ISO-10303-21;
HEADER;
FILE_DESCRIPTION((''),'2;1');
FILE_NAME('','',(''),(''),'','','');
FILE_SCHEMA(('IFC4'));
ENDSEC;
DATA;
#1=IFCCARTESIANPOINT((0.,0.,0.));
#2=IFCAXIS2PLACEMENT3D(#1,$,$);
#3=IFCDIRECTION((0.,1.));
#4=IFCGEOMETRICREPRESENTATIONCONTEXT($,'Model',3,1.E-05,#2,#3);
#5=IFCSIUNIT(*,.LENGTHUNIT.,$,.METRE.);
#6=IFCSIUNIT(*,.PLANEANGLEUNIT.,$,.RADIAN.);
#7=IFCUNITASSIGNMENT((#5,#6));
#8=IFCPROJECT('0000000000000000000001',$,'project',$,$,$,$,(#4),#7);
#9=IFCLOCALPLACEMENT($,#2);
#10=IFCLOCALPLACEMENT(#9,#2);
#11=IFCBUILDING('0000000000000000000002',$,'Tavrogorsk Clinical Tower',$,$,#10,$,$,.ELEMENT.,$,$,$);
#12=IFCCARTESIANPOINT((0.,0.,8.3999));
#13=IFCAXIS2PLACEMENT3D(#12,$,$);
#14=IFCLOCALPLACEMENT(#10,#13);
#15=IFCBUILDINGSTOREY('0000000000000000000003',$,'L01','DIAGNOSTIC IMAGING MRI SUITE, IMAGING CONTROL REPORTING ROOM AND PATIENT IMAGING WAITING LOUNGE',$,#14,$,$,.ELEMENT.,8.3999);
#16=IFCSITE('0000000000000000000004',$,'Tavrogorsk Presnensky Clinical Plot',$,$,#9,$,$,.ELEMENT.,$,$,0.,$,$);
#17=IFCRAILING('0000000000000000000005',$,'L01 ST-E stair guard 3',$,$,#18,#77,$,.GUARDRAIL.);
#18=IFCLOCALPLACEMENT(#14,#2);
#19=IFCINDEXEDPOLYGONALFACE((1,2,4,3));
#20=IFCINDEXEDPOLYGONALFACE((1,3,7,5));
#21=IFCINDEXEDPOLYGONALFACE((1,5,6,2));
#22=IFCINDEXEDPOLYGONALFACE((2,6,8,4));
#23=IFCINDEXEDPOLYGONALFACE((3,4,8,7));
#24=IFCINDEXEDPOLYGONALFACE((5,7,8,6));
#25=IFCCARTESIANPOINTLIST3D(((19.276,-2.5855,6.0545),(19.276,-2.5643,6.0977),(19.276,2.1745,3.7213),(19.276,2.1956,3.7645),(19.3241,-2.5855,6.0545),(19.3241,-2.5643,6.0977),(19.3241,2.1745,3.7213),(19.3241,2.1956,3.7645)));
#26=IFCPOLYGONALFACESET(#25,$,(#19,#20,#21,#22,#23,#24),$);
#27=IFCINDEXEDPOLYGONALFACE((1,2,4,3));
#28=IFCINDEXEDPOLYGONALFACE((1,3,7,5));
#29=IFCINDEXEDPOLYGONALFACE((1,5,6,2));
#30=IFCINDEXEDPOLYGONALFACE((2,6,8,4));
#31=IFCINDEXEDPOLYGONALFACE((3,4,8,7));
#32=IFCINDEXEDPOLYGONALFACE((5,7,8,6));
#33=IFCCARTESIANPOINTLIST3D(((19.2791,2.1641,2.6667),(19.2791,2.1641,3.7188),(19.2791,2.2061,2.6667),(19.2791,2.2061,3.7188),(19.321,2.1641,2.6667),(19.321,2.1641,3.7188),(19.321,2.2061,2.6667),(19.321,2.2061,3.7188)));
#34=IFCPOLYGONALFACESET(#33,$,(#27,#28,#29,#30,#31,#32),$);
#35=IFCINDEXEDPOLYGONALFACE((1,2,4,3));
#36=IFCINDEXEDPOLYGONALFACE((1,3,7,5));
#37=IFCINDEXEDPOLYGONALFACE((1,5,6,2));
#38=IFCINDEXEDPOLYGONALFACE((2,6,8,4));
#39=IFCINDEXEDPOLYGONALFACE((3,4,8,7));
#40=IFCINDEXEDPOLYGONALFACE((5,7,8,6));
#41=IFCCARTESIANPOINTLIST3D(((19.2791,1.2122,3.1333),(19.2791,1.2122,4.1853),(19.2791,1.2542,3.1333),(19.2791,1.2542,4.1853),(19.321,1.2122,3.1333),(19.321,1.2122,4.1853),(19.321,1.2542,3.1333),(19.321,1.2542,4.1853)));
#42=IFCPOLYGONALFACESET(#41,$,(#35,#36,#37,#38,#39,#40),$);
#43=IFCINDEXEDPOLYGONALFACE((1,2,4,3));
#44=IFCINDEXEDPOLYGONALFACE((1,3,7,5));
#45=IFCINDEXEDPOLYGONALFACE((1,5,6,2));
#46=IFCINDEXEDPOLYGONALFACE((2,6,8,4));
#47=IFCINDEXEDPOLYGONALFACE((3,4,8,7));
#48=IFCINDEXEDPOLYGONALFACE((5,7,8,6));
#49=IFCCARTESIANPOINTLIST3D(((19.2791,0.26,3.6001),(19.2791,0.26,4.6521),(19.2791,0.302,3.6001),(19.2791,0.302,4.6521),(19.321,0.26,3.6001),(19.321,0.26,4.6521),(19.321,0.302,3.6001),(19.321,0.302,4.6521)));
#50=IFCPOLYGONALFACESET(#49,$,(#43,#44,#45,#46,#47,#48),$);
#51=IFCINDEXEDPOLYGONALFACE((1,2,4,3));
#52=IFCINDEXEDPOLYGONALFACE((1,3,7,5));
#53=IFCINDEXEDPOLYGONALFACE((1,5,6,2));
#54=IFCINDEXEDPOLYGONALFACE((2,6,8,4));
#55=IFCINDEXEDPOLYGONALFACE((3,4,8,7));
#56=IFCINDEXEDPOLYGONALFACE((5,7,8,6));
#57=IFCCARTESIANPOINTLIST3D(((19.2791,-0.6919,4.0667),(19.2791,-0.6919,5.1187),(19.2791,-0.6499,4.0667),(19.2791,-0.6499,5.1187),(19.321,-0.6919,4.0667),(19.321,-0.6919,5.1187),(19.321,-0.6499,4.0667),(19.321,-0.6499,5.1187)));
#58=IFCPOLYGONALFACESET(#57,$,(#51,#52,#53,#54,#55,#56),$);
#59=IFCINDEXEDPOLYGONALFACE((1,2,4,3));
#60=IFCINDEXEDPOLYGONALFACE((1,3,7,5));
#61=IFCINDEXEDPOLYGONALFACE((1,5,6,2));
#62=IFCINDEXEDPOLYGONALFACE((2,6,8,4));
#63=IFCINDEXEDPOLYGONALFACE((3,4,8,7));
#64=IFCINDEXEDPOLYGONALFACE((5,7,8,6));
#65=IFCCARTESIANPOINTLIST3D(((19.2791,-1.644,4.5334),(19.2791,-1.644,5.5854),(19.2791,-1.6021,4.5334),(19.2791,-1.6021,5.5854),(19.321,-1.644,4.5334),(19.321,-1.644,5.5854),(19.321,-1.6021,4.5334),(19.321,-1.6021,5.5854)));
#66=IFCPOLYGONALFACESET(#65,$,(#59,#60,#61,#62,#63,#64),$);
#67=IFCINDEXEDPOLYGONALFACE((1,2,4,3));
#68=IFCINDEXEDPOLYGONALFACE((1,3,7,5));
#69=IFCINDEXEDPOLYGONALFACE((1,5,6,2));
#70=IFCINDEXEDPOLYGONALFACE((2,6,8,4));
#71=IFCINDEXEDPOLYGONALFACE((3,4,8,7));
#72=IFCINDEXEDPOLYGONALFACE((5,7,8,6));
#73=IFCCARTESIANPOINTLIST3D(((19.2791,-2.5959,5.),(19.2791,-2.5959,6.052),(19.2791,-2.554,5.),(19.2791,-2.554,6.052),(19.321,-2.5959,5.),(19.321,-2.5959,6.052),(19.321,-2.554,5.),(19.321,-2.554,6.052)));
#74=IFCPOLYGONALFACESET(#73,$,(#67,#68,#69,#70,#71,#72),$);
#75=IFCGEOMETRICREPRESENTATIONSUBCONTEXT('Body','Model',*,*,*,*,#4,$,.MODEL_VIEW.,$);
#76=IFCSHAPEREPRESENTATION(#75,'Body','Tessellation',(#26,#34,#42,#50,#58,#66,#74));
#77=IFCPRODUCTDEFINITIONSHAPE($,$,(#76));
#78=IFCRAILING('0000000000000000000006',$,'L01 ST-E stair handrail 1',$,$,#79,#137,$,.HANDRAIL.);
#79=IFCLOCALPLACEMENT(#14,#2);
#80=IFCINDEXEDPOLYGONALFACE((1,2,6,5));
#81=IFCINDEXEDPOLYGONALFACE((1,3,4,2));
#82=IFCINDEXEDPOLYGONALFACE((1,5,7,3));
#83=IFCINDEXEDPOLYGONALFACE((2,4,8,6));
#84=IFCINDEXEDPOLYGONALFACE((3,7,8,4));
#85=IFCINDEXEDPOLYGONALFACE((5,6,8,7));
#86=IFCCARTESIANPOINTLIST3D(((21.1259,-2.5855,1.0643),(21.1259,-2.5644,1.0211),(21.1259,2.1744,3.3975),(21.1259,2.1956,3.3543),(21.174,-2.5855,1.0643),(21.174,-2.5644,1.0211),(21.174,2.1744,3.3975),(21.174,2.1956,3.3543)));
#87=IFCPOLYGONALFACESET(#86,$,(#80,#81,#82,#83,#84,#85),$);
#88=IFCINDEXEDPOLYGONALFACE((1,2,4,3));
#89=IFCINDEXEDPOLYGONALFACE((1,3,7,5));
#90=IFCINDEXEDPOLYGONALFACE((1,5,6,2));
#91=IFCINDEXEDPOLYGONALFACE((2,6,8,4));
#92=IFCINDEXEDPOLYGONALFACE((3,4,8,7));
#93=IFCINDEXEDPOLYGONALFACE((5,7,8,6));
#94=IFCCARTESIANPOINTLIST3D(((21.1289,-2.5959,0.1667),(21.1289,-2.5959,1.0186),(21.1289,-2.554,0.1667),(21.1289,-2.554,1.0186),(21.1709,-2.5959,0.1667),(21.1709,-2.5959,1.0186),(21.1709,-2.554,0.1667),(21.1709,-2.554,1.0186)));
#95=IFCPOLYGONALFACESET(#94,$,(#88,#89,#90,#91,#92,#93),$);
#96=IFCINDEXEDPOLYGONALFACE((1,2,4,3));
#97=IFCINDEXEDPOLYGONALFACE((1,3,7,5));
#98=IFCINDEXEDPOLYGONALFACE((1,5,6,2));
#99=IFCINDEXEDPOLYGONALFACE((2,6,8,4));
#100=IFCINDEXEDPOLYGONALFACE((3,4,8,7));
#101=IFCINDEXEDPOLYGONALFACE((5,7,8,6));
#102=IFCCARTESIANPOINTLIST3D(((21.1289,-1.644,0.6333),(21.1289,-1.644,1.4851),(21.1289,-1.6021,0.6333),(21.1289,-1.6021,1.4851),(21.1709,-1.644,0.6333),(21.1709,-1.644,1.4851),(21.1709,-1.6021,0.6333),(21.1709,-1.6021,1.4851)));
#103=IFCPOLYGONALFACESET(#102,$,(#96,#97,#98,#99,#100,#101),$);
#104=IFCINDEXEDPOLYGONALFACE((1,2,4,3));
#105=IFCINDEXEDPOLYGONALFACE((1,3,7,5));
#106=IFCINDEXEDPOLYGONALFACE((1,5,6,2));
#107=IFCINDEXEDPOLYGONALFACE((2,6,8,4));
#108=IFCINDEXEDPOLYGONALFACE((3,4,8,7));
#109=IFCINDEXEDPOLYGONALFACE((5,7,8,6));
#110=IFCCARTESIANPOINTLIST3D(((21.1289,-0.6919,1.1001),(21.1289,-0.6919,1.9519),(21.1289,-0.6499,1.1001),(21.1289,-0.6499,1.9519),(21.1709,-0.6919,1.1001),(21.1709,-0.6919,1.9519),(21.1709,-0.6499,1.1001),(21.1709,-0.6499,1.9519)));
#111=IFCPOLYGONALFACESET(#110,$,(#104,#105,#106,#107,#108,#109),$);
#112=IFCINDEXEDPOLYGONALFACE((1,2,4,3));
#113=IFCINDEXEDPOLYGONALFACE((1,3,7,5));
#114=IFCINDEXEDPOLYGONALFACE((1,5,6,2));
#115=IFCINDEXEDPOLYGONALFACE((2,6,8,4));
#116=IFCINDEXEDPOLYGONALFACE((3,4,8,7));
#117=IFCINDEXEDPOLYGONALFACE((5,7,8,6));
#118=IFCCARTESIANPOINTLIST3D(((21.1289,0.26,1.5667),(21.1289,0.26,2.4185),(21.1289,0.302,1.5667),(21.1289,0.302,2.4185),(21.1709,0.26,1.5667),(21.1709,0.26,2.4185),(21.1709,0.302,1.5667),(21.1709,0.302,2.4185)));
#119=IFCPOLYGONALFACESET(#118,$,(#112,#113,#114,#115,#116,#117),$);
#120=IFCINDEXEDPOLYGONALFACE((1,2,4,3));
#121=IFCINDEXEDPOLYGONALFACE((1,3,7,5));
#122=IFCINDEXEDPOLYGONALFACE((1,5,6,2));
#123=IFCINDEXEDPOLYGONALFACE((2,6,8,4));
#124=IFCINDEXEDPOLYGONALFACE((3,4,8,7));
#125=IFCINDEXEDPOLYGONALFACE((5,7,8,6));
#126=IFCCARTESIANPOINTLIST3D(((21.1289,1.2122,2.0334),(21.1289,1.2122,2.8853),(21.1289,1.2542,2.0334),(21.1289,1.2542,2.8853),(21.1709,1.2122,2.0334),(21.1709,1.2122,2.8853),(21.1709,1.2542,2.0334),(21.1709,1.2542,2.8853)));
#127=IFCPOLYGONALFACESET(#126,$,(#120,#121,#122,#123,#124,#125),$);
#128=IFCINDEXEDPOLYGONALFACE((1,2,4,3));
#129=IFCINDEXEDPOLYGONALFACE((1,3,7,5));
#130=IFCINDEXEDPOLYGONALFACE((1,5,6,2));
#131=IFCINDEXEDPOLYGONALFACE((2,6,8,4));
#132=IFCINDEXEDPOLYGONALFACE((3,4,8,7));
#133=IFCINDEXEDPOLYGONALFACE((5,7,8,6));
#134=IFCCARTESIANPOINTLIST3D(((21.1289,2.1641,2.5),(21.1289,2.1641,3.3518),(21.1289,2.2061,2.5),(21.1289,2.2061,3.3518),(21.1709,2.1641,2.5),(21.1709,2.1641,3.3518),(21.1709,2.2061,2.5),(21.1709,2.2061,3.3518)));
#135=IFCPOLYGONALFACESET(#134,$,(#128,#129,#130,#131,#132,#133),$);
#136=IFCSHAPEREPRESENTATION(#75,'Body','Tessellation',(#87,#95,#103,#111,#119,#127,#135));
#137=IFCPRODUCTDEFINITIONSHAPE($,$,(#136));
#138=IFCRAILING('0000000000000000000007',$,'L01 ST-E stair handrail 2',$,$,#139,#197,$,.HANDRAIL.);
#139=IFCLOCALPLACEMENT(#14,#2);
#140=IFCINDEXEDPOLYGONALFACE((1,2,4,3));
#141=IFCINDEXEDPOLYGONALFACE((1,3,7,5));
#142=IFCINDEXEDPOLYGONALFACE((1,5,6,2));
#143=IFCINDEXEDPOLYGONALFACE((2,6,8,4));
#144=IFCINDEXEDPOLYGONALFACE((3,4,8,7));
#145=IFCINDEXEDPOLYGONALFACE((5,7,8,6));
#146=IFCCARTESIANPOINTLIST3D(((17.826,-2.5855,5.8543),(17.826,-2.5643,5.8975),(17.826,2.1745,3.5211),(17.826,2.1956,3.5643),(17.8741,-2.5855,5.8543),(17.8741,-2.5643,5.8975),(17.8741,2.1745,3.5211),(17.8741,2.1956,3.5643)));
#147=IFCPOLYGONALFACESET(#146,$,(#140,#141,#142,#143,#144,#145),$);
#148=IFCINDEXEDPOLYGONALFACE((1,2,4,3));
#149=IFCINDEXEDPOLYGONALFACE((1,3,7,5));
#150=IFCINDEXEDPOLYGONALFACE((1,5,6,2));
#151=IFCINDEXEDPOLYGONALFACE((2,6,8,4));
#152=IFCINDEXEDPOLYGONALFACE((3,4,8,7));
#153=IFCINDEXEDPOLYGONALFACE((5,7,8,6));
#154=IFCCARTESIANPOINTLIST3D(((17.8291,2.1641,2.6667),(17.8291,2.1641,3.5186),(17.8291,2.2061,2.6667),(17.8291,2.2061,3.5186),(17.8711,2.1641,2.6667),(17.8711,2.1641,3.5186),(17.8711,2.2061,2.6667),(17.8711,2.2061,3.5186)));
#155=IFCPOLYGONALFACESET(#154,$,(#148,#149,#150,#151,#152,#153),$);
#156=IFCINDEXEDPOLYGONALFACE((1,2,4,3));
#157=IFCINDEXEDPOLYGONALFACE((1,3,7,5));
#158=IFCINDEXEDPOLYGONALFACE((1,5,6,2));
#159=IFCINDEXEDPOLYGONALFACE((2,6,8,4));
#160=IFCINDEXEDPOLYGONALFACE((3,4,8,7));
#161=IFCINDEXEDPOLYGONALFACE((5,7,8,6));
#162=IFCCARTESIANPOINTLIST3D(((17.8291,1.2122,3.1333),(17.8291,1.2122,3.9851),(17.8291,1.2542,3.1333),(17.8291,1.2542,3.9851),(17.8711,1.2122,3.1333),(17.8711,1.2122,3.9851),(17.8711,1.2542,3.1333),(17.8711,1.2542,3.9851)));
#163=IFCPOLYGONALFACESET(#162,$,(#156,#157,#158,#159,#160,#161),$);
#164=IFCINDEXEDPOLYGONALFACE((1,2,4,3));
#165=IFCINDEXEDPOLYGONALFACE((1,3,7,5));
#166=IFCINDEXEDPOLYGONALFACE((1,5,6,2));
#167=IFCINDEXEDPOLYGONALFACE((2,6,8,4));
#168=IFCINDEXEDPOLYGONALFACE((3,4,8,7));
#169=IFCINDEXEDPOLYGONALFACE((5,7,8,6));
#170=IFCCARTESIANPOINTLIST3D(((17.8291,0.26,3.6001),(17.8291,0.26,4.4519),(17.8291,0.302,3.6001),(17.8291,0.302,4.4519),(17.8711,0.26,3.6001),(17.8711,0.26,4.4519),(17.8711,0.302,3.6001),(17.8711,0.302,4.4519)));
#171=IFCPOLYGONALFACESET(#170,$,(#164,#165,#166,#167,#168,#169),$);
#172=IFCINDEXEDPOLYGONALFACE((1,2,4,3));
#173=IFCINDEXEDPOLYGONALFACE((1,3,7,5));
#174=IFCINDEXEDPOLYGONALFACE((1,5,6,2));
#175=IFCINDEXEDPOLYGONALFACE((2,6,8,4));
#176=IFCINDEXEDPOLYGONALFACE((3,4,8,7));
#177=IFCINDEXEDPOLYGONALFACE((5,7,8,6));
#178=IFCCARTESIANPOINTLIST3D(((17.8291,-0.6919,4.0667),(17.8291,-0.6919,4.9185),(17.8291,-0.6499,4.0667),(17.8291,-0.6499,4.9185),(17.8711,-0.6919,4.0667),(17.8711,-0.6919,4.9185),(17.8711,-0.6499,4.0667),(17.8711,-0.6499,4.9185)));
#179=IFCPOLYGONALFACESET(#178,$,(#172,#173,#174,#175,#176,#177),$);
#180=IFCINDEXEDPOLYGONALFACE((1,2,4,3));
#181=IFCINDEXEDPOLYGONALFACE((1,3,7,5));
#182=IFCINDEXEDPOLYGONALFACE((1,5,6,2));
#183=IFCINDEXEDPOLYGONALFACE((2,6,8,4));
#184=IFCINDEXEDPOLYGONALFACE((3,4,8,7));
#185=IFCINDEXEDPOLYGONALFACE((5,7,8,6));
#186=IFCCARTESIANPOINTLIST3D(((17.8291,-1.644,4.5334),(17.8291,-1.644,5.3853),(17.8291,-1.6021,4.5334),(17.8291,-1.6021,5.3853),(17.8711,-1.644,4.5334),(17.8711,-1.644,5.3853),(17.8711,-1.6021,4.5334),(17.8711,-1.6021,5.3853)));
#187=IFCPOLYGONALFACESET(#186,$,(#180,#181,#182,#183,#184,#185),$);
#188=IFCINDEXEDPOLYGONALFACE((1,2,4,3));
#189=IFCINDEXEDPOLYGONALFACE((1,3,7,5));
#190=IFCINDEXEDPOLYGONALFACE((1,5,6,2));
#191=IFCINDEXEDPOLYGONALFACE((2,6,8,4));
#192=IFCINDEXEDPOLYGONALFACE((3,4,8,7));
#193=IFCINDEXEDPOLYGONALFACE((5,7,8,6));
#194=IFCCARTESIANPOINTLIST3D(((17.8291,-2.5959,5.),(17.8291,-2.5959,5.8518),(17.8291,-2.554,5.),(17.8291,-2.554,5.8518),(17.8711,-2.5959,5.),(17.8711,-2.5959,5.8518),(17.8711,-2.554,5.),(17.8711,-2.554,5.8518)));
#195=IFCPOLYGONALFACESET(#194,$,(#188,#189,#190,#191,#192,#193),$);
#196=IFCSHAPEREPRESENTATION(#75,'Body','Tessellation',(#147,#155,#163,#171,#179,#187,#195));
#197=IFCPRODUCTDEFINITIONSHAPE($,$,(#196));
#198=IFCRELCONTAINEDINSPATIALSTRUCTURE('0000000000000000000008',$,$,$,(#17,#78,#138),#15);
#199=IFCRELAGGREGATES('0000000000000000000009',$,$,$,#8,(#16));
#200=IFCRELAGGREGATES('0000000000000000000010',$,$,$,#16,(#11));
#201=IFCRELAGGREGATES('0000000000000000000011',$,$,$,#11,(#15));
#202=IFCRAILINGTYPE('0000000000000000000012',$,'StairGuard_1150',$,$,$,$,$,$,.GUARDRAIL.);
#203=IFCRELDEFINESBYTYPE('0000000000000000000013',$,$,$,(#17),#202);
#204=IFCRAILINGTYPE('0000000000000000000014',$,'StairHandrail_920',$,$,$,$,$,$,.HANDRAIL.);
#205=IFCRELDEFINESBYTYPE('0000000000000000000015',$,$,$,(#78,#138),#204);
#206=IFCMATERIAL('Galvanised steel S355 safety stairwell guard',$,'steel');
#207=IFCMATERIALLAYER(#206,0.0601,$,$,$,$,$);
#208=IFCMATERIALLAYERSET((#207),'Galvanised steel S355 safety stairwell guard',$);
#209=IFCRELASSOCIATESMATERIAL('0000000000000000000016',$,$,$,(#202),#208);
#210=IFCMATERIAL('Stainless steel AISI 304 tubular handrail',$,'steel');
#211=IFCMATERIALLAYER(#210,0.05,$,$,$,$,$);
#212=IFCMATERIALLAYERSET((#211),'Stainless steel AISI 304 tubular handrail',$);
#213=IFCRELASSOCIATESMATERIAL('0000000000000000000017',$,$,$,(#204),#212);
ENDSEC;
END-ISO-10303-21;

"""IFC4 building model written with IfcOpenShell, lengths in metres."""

from ifc_helpers import new_model, si_unit, direction, frame, origin, origin_2d, place, context, subcontext, project, spatial, rectangle, extrude, material, layer, layer_set, type_object, element, save


model = new_model("IFC4")

# Units and contexts
model_context = context("Model", 3, precision=1e-05, world=origin(), true_north=direction((0.0, 1.0)))
body_context = subcontext(model_context, "Body", "Model", "MODEL_VIEW")
ifc_project = project(units=[si_unit("LENGTHUNIT", "METRE"), si_unit("PLANEANGLEUNIT", "RADIAN")], contexts=[model_context])

# Site, building, storey
site_placement = place(None, origin())
site = spatial("IfcSite", under=ifc_project, at=site_placement, Name="Tavrogorsk Presnensky Clinical Plot", CompositionType="ELEMENT", RefElevation=0.0)
building_placement = place(site_placement, origin())
building = spatial("IfcBuilding", under=site, at=building_placement, Name="Tavrogorsk Clinical Tower", CompositionType="ELEMENT")
storey_placement = place(building_placement, frame((0.0, 0.0, 8.3999)))
storey = spatial("IfcBuildingStorey", under=building, at=storey_placement, Name="L01", Description="DIAGNOSTIC IMAGING MRI SUITE, IMAGING CONTROL REPORTING ROOM AND PATIENT IMAGING WAITING LOUNGE", CompositionType="ELEMENT", Elevation=8.3999)

# Railings
ifc_material_1 = material(Name="Galvanised steel S355 safety stairwell guard", Category="steel")
ifc_layer_1 = layer(ifc_material_1, 0.0601)
ifc_layer_set_1 = layer_set([ifc_layer_1], Name="Galvanised steel S355 safety stairwell guard")
railing_type_1 = type_object("IfcRailingType", Name="StairGuard_1150", PredefinedType="GUARDRAIL", material=ifc_layer_set_1)
railing_1_placement = place(storey_placement, frame((19.3, 2.1851, 2.6667)))
element("IfcRailing", 1, at=railing_1_placement, inside=storey, type_object=railing_type_1, Name="L01 ST-E stair guard 3", PredefinedType="GUARDRAIL", context=body_context, shape_type="SweptSolid", body=[
    extrude(rectangle(XDim=0.0481, YDim=0.0481, at=origin_2d()), frame((0.0, 0.0, 1.0762), z_axis=(0.0, -0.897927, 0.440144), x_axis=(1.0, 0.0, 0.0)), (0.0, 0.0, 1.0), 5.301),
    extrude(rectangle(XDim=0.042, YDim=0.042, at=origin_2d()), origin(), (0.0, 0.0, 1.0), 1.052),
    extrude(rectangle(XDim=0.042, YDim=0.042, at=origin_2d()), frame((0.0, -0.9519, 0.4666)), (0.0, 0.0, 1.0), 1.052),
    extrude(rectangle(XDim=0.042, YDim=0.042, at=origin_2d()), frame((0.0, -1.9041, 0.9333)), (0.0, 0.0, 1.0), 1.052),
    extrude(rectangle(XDim=0.042, YDim=0.042, at=origin_2d()), frame((0.0, -2.856, 1.3999)), (0.0, 0.0, 1.0), 1.052),
    extrude(rectangle(XDim=0.042, YDim=0.042, at=origin_2d()), frame((0.0, -3.8081, 1.8667)), (0.0, 0.0, 1.0), 1.052),
    extrude(rectangle(XDim=0.042, YDim=0.042, at=origin_2d()), frame((0.0, -4.76, 2.3333)), (0.0, 0.0, 1.0), 1.052),
])
ifc_material_2 = material(Name="Stainless steel AISI 304 tubular handrail", Category="steel")
ifc_layer_2 = layer(ifc_material_2, 0.05)
ifc_layer_set_2 = layer_set([ifc_layer_2], Name="Stainless steel AISI 304 tubular handrail")
railing_type_2 = type_object("IfcRailingType", Name="StairHandrail_920", PredefinedType="HANDRAIL", material=ifc_layer_set_2)
railing_2_placement = place(storey_placement, frame((21.1499, -2.575, 0.1667)))
element("IfcRailing", 2, at=railing_2_placement, inside=storey, type_object=railing_type_2, Name="L01 ST-E stair handrail 1", PredefinedType="HANDRAIL", context=body_context, shape_type="SweptSolid", body=[
    extrude(rectangle(XDim=0.0481, YDim=0.0481, at=origin_2d()), frame((0.0, 0.0, 0.876), z_axis=(0.0, 0.897927, 0.440144), x_axis=(-1.0, 0.0, 0.0)), (0.0, 0.0, 1.0), 5.301),
    extrude(rectangle(XDim=0.042, YDim=0.042, at=origin_2d()), origin(), (0.0, 0.0, 1.0), 0.8518),
    extrude(rectangle(XDim=0.042, YDim=0.042, at=origin_2d()), frame((0.0, 0.9519, 0.4666)), (0.0, 0.0, 1.0), 0.8518),
    extrude(rectangle(XDim=0.042, YDim=0.042, at=origin_2d()), frame((0.0, 1.9041, 0.9333)), (0.0, 0.0, 1.0), 0.8518),
    extrude(rectangle(XDim=0.042, YDim=0.042, at=origin_2d()), frame((0.0, 2.856, 1.3999)), (0.0, 0.0, 1.0), 0.8518),
    extrude(rectangle(XDim=0.042, YDim=0.042, at=origin_2d()), frame((0.0, 3.8081, 1.8667)), (0.0, 0.0, 1.0), 0.8518),
    extrude(rectangle(XDim=0.042, YDim=0.042, at=origin_2d()), frame((0.0, 4.76, 2.3333)), (0.0, 0.0, 1.0), 0.8518),
])
railing_3_placement = place(storey_placement, frame((17.8501, 2.1851, 2.6667)))
element("IfcRailing", 3, at=railing_3_placement, inside=storey, type_object=railing_type_2, Name="L01 ST-E stair handrail 2", PredefinedType="HANDRAIL", context=body_context, shape_type="SweptSolid", body=[
    extrude(rectangle(XDim=0.0481, YDim=0.0481, at=origin_2d()), frame((0.0, 0.0, 0.876), z_axis=(0.0, -0.897927, 0.440144), x_axis=(1.0, 0.0, 0.0)), (0.0, 0.0, 1.0), 5.301),
    extrude(rectangle(XDim=0.042, YDim=0.042, at=origin_2d()), origin(), (0.0, 0.0, 1.0), 0.8518),
    extrude(rectangle(XDim=0.042, YDim=0.042, at=origin_2d()), frame((0.0, -0.9519, 0.4666)), (0.0, 0.0, 1.0), 0.8518),
    extrude(rectangle(XDim=0.042, YDim=0.042, at=origin_2d()), frame((0.0, -1.9041, 0.9333)), (0.0, 0.0, 1.0), 0.8518),
    extrude(rectangle(XDim=0.042, YDim=0.042, at=origin_2d()), frame((0.0, -2.856, 1.3999)), (0.0, 0.0, 1.0), 0.8518),
    extrude(rectangle(XDim=0.042, YDim=0.042, at=origin_2d()), frame((0.0, -3.8081, 1.8667)), (0.0, 0.0, 1.0), 0.8518),
    extrude(rectangle(XDim=0.042, YDim=0.042, at=origin_2d()), frame((0.0, -4.76, 2.3333)), (0.0, 0.0, 1.0), 0.8518),
])

save(model, "model.ifc")
